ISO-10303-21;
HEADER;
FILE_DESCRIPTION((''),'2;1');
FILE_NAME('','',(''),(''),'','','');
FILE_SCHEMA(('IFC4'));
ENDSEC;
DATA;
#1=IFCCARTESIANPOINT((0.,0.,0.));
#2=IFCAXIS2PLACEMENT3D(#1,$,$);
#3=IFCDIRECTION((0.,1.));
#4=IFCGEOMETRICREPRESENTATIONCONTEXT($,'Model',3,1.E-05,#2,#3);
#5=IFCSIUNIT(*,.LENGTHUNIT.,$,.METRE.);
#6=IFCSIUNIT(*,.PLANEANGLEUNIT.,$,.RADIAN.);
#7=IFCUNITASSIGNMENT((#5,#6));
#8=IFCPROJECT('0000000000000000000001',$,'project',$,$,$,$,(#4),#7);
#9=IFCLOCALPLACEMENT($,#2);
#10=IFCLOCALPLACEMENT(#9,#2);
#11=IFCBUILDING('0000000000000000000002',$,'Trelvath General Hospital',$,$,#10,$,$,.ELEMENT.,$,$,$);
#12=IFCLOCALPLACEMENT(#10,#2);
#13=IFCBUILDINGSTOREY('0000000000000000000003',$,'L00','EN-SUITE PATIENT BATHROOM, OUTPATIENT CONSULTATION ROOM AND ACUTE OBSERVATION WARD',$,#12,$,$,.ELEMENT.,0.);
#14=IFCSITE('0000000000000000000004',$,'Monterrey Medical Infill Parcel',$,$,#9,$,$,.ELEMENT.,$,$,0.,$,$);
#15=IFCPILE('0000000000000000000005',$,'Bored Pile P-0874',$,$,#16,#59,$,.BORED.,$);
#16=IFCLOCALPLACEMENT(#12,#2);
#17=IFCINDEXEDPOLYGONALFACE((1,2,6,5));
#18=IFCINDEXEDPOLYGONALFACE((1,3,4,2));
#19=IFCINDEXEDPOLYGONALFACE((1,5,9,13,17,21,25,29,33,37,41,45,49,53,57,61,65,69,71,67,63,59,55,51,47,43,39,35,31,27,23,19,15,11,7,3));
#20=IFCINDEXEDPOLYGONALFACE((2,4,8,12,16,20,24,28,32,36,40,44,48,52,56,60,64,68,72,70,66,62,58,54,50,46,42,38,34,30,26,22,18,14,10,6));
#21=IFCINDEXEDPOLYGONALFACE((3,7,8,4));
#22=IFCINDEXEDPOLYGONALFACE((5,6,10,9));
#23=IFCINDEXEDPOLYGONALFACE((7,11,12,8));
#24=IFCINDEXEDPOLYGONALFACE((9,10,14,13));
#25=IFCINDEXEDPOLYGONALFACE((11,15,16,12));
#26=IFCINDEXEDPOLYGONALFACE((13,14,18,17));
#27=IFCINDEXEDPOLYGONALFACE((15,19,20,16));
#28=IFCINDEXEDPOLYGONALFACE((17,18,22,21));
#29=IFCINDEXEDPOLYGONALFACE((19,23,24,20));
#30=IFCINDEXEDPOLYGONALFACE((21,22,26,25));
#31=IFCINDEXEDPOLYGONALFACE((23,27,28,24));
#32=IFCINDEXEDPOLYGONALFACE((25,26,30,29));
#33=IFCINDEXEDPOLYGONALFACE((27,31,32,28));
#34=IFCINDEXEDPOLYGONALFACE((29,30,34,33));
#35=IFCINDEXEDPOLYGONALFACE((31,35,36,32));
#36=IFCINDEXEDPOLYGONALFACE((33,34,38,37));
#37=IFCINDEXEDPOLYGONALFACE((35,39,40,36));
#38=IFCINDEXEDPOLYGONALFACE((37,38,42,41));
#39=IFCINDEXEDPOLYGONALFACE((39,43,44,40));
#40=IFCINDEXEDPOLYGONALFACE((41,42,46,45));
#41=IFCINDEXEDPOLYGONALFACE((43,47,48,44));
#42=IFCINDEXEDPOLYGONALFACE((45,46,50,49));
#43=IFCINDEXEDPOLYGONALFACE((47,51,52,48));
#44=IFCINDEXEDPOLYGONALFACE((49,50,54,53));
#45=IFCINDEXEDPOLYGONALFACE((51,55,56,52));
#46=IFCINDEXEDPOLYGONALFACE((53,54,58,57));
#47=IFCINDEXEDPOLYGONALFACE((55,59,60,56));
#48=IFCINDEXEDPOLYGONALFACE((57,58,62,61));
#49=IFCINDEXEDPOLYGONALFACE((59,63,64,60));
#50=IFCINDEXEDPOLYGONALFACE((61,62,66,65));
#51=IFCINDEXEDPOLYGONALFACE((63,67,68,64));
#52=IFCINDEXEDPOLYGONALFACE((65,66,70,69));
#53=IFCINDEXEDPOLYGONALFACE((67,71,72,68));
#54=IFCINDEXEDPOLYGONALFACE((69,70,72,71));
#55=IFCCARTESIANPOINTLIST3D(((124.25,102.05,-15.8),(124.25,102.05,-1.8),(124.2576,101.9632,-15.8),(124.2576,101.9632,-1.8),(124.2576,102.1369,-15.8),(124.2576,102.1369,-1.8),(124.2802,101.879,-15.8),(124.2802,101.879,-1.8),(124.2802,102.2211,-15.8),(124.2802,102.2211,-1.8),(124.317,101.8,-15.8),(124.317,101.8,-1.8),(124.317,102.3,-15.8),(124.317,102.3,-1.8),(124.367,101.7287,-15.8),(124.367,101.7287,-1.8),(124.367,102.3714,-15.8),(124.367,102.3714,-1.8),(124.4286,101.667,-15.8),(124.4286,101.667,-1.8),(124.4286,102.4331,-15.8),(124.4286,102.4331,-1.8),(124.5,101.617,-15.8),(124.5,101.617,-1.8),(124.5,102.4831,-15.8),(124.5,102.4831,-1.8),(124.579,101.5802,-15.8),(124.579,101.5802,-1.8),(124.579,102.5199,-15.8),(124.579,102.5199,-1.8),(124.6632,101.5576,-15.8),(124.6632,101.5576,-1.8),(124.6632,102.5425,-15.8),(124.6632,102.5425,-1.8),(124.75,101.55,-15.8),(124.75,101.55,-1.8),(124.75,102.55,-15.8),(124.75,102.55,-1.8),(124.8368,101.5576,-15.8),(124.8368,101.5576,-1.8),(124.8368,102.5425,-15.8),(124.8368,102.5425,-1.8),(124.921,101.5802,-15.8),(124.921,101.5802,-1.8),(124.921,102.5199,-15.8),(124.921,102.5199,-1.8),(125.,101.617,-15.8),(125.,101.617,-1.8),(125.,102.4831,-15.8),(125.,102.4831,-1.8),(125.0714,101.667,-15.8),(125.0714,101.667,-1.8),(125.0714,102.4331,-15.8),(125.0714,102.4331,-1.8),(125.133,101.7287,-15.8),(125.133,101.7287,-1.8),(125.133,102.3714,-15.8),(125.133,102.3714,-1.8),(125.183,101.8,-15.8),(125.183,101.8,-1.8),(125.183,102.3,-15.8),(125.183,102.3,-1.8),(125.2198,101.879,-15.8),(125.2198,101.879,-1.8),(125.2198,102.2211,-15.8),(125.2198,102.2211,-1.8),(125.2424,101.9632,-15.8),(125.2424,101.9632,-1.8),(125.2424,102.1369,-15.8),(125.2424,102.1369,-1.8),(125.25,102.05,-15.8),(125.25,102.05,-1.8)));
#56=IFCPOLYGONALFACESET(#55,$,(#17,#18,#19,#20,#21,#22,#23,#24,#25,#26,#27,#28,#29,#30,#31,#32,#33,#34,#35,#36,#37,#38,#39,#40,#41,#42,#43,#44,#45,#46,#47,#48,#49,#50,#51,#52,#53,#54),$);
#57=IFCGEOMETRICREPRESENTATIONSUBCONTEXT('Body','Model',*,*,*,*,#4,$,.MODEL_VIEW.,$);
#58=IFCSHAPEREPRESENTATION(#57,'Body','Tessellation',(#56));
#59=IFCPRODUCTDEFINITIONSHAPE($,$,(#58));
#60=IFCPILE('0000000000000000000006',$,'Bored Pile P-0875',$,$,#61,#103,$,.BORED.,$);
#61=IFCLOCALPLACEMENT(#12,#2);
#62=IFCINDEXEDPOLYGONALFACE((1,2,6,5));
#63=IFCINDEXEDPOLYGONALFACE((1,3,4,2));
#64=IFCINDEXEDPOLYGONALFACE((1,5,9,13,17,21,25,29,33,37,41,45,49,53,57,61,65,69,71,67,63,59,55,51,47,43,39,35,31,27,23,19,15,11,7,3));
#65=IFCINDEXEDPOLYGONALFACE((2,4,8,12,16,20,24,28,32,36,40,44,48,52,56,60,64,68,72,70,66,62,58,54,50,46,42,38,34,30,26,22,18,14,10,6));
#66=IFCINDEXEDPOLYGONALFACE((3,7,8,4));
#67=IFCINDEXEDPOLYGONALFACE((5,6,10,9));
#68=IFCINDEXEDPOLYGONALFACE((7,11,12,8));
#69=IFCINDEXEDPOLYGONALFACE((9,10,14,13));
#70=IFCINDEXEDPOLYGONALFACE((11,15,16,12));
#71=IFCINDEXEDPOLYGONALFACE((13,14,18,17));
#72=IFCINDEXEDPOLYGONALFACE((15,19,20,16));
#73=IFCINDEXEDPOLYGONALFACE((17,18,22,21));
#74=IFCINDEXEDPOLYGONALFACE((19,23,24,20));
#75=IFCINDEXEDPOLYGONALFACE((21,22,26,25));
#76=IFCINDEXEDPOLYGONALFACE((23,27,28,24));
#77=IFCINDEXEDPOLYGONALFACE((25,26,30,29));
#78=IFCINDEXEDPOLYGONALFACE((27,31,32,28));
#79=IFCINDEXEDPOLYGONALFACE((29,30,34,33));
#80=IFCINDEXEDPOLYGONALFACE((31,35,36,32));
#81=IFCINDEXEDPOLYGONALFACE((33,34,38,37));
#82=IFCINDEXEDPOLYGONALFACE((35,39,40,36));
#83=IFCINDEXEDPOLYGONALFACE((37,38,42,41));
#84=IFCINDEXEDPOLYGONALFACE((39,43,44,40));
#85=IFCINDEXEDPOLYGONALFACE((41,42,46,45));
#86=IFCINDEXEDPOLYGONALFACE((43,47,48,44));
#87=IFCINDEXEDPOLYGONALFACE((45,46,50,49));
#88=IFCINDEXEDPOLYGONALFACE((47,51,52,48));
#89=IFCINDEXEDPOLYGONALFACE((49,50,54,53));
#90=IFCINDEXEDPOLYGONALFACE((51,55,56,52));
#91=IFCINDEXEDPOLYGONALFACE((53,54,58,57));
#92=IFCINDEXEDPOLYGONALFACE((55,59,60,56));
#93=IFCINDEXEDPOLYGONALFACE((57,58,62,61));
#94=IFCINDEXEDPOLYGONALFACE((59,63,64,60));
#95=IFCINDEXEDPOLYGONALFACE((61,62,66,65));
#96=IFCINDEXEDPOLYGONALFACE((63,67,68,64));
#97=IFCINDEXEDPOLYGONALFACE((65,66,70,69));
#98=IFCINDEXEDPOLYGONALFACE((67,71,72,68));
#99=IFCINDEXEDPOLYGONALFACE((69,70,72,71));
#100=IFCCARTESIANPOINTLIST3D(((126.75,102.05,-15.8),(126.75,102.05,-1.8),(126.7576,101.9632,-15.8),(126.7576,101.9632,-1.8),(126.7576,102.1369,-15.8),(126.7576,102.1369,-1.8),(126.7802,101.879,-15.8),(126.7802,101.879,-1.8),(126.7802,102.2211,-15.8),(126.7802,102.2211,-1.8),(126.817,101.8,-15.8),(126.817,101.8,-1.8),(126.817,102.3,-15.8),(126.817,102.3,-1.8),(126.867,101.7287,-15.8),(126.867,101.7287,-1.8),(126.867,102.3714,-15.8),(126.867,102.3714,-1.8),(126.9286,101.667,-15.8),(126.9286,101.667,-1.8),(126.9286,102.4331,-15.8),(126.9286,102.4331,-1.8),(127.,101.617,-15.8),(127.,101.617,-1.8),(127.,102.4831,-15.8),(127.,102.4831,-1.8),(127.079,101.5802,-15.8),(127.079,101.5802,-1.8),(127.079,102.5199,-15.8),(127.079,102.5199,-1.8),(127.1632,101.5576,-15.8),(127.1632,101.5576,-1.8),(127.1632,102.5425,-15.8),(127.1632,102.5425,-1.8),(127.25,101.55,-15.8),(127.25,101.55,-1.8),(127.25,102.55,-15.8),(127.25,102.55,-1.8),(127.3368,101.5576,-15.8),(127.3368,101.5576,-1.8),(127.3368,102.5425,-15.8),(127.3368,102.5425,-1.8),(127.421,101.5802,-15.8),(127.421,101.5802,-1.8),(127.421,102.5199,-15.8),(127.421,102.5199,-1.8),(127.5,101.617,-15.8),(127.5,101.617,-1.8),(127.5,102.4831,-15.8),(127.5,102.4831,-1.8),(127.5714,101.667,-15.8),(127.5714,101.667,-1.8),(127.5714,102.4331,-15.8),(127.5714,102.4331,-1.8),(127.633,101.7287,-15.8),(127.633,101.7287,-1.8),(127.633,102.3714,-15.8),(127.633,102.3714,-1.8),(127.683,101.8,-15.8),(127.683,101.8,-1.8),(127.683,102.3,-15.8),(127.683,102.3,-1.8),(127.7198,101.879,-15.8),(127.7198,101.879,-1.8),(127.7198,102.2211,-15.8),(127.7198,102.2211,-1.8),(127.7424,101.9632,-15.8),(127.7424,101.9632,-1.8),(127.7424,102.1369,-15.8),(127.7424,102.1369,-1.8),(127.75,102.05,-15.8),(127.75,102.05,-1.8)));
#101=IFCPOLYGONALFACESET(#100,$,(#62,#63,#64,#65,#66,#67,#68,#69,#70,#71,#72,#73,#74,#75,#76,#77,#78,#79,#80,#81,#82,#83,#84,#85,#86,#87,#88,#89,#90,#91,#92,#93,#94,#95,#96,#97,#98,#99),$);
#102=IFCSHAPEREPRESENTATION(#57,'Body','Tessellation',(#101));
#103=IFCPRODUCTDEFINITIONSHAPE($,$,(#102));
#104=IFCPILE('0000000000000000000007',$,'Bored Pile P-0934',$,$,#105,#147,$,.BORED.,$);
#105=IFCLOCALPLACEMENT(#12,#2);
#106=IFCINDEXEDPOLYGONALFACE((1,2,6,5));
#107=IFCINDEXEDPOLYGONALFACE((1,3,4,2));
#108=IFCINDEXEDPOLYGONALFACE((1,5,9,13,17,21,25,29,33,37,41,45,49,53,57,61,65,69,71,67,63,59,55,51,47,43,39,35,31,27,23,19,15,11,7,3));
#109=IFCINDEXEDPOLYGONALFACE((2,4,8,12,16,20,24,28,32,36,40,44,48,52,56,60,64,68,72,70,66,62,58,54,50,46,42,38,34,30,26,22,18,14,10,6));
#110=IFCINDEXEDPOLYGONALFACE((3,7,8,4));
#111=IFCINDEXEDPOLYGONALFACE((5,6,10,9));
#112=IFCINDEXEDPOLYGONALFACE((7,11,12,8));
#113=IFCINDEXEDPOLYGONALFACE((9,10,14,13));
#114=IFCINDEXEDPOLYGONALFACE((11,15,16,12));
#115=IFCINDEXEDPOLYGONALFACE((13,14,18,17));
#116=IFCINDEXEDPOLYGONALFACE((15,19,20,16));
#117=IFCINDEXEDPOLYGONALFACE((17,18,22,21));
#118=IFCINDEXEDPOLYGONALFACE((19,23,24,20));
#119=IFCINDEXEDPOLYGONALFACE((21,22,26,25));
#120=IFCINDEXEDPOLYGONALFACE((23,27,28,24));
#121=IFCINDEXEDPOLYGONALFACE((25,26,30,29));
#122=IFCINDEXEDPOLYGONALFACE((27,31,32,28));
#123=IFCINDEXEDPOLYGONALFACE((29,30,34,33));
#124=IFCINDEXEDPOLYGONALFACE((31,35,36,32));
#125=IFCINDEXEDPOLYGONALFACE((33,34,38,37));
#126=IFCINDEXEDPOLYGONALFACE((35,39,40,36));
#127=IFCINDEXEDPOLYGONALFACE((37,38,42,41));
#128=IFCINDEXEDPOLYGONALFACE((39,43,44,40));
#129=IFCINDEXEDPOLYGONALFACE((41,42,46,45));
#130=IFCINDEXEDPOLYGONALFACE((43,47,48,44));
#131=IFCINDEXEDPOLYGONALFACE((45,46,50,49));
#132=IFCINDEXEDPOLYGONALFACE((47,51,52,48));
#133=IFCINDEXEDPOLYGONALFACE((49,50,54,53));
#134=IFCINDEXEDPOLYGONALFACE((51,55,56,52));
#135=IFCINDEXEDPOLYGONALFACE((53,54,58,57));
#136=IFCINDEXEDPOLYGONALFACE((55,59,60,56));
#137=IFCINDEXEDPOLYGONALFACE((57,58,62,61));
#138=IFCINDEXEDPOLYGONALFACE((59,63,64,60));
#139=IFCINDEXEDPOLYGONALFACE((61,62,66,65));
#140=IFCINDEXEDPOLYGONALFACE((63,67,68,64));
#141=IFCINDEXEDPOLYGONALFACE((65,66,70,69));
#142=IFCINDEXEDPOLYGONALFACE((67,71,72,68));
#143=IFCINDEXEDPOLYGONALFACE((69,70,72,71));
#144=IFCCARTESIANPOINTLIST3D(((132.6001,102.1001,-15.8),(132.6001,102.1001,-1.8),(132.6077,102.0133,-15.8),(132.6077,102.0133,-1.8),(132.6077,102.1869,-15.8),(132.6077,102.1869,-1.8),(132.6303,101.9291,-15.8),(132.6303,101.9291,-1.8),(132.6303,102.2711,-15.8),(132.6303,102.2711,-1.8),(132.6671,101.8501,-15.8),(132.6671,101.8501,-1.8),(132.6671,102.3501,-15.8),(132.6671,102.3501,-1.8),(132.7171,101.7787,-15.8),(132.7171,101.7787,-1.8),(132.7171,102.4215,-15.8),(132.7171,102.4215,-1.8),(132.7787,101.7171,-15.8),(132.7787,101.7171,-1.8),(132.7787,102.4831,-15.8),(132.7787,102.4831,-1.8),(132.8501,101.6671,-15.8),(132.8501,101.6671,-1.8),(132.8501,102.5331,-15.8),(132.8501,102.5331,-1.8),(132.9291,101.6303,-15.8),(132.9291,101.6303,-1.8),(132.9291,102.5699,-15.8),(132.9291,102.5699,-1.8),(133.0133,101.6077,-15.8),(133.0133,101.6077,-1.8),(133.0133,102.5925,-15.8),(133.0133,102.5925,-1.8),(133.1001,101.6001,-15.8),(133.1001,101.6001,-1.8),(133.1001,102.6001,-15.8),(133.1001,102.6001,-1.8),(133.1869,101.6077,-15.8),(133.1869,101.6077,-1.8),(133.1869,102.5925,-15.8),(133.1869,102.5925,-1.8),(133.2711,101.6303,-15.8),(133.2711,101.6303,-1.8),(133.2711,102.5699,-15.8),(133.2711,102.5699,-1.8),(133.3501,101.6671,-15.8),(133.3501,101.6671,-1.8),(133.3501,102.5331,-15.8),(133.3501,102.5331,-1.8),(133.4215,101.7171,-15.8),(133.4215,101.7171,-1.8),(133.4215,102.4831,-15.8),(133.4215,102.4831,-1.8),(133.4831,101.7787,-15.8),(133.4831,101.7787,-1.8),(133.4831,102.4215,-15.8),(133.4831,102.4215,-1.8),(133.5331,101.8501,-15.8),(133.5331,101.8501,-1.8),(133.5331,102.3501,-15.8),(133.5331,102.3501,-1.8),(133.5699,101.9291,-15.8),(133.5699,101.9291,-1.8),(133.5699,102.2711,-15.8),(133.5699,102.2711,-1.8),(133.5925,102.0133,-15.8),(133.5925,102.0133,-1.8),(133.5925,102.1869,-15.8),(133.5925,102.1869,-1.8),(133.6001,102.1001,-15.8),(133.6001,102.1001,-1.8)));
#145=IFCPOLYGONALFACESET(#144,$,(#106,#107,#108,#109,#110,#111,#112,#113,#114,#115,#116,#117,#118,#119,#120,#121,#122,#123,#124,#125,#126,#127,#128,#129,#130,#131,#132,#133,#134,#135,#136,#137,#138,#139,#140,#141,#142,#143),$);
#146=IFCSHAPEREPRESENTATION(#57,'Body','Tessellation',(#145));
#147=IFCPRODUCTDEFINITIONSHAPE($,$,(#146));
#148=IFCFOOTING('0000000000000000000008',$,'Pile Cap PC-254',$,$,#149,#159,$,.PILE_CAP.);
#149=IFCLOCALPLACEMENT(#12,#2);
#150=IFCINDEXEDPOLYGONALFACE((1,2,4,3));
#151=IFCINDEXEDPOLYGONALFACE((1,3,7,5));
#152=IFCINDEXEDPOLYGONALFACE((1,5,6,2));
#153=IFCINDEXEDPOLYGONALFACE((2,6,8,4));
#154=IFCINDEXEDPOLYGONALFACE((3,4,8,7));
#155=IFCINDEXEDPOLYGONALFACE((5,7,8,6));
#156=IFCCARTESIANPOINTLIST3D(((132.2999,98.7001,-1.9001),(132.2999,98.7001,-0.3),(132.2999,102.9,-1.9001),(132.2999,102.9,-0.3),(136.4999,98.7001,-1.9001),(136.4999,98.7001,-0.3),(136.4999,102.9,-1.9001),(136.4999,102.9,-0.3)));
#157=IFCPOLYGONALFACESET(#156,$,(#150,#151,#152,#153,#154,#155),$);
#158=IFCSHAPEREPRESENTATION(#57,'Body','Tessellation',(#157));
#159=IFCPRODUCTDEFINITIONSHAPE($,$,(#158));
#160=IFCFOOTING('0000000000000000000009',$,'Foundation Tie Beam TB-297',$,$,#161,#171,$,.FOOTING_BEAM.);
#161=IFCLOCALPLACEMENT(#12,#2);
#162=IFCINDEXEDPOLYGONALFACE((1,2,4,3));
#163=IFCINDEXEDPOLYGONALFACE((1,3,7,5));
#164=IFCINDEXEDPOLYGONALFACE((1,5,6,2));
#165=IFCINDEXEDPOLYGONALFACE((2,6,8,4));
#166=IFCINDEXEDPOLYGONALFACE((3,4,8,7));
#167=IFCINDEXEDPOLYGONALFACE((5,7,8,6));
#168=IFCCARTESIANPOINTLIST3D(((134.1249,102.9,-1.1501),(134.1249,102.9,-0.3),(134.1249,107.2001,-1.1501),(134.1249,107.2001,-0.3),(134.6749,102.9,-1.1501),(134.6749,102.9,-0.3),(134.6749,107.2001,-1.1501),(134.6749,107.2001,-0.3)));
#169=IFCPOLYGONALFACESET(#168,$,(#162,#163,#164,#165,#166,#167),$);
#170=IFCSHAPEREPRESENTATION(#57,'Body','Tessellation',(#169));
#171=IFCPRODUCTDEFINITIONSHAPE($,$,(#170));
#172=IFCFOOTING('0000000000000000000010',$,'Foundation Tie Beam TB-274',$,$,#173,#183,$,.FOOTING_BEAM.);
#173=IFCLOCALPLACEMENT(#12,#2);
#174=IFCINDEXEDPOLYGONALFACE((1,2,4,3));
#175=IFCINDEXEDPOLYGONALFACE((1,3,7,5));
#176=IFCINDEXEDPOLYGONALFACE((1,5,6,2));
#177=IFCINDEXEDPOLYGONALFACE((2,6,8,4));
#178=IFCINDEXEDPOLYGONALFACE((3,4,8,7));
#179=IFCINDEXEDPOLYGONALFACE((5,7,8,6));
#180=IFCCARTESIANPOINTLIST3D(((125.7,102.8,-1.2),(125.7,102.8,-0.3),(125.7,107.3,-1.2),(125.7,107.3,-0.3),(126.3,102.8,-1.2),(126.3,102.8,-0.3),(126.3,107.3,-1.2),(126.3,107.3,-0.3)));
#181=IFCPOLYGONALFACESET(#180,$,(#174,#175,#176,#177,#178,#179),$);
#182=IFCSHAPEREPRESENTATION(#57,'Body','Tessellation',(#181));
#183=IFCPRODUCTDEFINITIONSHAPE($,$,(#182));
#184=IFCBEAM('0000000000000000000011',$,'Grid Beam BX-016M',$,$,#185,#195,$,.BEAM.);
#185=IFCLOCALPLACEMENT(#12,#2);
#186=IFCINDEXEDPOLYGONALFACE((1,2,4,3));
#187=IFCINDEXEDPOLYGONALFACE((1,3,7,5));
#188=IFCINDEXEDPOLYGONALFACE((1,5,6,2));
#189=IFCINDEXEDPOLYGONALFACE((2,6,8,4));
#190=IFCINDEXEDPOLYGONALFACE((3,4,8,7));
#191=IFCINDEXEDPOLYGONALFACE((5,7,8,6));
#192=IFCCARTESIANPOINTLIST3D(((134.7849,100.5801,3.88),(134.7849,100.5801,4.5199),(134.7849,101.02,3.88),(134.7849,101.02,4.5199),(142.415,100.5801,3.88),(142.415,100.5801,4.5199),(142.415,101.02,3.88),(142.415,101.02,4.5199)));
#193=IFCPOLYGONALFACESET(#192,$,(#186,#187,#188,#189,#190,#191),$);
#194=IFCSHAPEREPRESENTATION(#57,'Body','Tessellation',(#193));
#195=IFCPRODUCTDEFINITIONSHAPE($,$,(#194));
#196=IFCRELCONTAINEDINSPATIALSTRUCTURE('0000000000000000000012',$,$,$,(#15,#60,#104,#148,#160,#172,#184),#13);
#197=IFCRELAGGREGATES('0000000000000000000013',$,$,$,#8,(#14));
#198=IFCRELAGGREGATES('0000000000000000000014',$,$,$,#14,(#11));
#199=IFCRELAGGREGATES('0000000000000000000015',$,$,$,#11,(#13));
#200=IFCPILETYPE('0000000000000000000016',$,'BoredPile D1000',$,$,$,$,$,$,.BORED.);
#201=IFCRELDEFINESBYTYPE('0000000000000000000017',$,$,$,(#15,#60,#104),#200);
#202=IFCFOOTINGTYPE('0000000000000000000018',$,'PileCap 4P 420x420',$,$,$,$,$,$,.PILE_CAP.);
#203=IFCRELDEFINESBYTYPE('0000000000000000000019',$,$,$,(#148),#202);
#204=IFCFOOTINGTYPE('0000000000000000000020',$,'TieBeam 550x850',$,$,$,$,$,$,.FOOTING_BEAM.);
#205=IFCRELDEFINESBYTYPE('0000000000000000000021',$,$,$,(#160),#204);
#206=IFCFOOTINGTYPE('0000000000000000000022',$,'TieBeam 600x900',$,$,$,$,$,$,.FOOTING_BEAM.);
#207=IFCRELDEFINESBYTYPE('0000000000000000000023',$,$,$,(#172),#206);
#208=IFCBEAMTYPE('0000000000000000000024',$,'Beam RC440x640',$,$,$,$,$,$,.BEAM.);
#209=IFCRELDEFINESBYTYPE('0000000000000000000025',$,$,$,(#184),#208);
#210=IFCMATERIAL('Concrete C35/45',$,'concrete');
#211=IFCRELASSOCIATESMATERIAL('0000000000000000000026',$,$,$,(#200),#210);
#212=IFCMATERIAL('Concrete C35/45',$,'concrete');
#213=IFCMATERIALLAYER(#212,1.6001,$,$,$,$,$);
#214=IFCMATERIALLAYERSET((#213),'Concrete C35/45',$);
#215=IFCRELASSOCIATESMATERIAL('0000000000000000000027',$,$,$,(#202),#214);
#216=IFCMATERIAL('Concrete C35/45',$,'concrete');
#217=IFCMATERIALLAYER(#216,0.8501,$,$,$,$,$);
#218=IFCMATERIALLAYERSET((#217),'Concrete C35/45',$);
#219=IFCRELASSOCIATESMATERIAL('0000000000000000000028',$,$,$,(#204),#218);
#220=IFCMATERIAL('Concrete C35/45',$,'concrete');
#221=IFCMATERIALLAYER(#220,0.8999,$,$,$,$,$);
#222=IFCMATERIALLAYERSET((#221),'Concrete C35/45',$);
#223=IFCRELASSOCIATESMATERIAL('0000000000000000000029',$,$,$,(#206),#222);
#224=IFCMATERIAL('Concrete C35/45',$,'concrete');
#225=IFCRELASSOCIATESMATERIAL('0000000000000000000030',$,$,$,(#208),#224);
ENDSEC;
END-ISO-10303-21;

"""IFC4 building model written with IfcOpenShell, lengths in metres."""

from ifc_helpers import new_model, si_unit, direction, frame, origin, origin_2d, place, context, subcontext, project, spatial, rectangle, circle, extrude, material, layer, layer_set, material_profile, profile_set, type_object, element, save


model = new_model("IFC4")

# Units and contexts
model_context = context("Model", 3, precision=1e-05, world=origin(), true_north=direction((0.0, 1.0)))
body_context = subcontext(model_context, "Body", "Model", "MODEL_VIEW")
ifc_project = project(units=[si_unit("LENGTHUNIT", "METRE"), si_unit("PLANEANGLEUNIT", "RADIAN")], contexts=[model_context])

# Site, building, storey
site_placement = place(None, origin())
site = spatial("IfcSite", under=ifc_project, at=site_placement, Name="Monterrey Medical Infill Parcel", CompositionType="ELEMENT", RefElevation=0.0)
building_placement = place(site_placement, origin())
building = spatial("IfcBuilding", under=site, at=building_placement, Name="Trelvath General Hospital", CompositionType="ELEMENT")
storey_placement = place(building_placement, origin())
storey = spatial("IfcBuildingStorey", under=building, at=storey_placement, Name="L00", Description="EN-SUITE PATIENT BATHROOM, OUTPATIENT CONSULTATION ROOM AND ACUTE OBSERVATION WARD", CompositionType="ELEMENT", Elevation=0.0)

# Piles
ifc_material_1 = material(Name="Concrete C35/45", Category="concrete")
ifc_material_profile_1 = material_profile(ifc_material_1, circle(Radius=0.5, at=origin_2d()), Name="PILE1000")
ifc_profile_set_1 = profile_set([ifc_material_profile_1], Name="Concrete C35/45")
pile_type = type_object("IfcPileType", Name="BoredPile D1000", PredefinedType="BORED", material=ifc_profile_set_1)
for number, where, z_axis, x_axis, name in (
    (1, (124.75, 102.05, -1.8), (0.0, 0.0, -1.0), (1.0, 0.0, 0.0), "Bored Pile P-0874"),
    (2, (127.25, 102.05, -1.8), (0.0, 0.0, -1.0), (1.0, 0.0, 0.0), "Bored Pile P-0875"),
    (3, (133.1001, 102.1001, -1.8), (0.0, 0.0, -1.0), (1.0, 0.0, 0.0), "Bored Pile P-0934"),
):
    element("IfcPile", number, at=place(storey_placement, frame(where, z_axis=z_axis, x_axis=x_axis)), inside=storey, type_object=pile_type, Name=name, PredefinedType="BORED", context=body_context, shape_type="SweptSolid", body=[
        extrude(circle(Radius=0.5, at=origin_2d()), origin(), (0.0, 0.0, 1.0), 14.0),
    ])

# Footings
ifc_material_2 = material(Name="Concrete C35/45", Category="concrete")
ifc_layer_1 = layer(ifc_material_2, 1.6001)
ifc_layer_set_1 = layer_set([ifc_layer_1], Name="Concrete C35/45")
footing_type_1 = type_object("IfcFootingType", Name="PileCap 4P 420x420", PredefinedType="PILE_CAP", material=ifc_layer_set_1)
footing_1_placement = place(storey_placement, frame((134.3999, 100.8, -1.9001), z_axis=(0.0, 0.0, 1.0), x_axis=(1.0, 0.0, 0.0)))
element("IfcFooting", 4, at=footing_1_placement, inside=storey, type_object=footing_type_1, Name="Pile Cap PC-254", PredefinedType="PILE_CAP", context=body_context, shape_type="SweptSolid", body=[
    extrude(rectangle(XDim=4.2, YDim=4.2, at=origin_2d()), origin(), (0.0, 0.0, 1.0), 1.6001),
])
ifc_material_3 = material(Name="Concrete C35/45", Category="concrete")
ifc_layer_2 = layer(ifc_material_3, 0.8501)
ifc_layer_set_2 = layer_set([ifc_layer_2], Name="Concrete C35/45")
footing_type_2 = type_object("IfcFootingType", Name="TieBeam 550x850", PredefinedType="FOOTING_BEAM", material=ifc_layer_set_2)
footing_2_placement = place(storey_placement, frame((134.3999, 105.05, -1.1501), z_axis=(0.0, 0.0, 1.0), x_axis=(1.0, 0.0, 0.0)))
element("IfcFooting", 5, at=footing_2_placement, inside=storey, type_object=footing_type_2, Name="Foundation Tie Beam TB-297", PredefinedType="FOOTING_BEAM", context=body_context, shape_type="SweptSolid", body=[
    extrude(rectangle(XDim=0.55, YDim=4.3, at=origin_2d()), origin(), (0.0, 0.0, 1.0), 0.8501),
])
ifc_material_4 = material(Name="Concrete C35/45", Category="concrete")
ifc_layer_3 = layer(ifc_material_4, 0.8999)
ifc_layer_set_3 = layer_set([ifc_layer_3], Name="Concrete C35/45")
footing_type_3 = type_object("IfcFootingType", Name="TieBeam 600x900", PredefinedType="FOOTING_BEAM", material=ifc_layer_set_3)
footing_3_placement = place(storey_placement, frame((126.0, 105.05, -1.2), z_axis=(0.0, 0.0, 1.0), x_axis=(1.0, 0.0, 0.0)))
element("IfcFooting", 6, at=footing_3_placement, inside=storey, type_object=footing_type_3, Name="Foundation Tie Beam TB-274", PredefinedType="FOOTING_BEAM", context=body_context, shape_type="SweptSolid", body=[
    extrude(rectangle(XDim=0.6001, YDim=4.5, at=origin_2d()), origin(), (0.0, 0.0, 1.0), 0.8999),
])

# Beam
ifc_material_5 = material(Name="Concrete C35/45", Category="concrete")
ifc_material_profile_2 = material_profile(ifc_material_5, rectangle(XDim=0.4399, YDim=0.6399, at=origin_2d()), Name="RCB440x640")
ifc_profile_set_2 = profile_set([ifc_material_profile_2], Name="Concrete C35/45")
beam_type_1 = type_object("IfcBeamType", Name="Beam RC440x640", PredefinedType="BEAM", material=ifc_profile_set_2)
beam_placement = place(storey_placement, frame((134.7849, 100.8, 4.2), z_axis=(1.0, 0.0, 0.0), x_axis=(0.0, 1.0, 0.0)))
element("IfcBeam", 7, at=beam_placement, inside=storey, type_object=beam_type_1, Name="Grid Beam BX-016M", PredefinedType="BEAM", context=body_context, shape_type="SweptSolid", body=[
    extrude(rectangle(XDim=0.4399, YDim=0.6399, at=origin_2d()), origin(), (0.0, 0.0, 1.0), 7.6301),
])

save(model, "model.ifc")
